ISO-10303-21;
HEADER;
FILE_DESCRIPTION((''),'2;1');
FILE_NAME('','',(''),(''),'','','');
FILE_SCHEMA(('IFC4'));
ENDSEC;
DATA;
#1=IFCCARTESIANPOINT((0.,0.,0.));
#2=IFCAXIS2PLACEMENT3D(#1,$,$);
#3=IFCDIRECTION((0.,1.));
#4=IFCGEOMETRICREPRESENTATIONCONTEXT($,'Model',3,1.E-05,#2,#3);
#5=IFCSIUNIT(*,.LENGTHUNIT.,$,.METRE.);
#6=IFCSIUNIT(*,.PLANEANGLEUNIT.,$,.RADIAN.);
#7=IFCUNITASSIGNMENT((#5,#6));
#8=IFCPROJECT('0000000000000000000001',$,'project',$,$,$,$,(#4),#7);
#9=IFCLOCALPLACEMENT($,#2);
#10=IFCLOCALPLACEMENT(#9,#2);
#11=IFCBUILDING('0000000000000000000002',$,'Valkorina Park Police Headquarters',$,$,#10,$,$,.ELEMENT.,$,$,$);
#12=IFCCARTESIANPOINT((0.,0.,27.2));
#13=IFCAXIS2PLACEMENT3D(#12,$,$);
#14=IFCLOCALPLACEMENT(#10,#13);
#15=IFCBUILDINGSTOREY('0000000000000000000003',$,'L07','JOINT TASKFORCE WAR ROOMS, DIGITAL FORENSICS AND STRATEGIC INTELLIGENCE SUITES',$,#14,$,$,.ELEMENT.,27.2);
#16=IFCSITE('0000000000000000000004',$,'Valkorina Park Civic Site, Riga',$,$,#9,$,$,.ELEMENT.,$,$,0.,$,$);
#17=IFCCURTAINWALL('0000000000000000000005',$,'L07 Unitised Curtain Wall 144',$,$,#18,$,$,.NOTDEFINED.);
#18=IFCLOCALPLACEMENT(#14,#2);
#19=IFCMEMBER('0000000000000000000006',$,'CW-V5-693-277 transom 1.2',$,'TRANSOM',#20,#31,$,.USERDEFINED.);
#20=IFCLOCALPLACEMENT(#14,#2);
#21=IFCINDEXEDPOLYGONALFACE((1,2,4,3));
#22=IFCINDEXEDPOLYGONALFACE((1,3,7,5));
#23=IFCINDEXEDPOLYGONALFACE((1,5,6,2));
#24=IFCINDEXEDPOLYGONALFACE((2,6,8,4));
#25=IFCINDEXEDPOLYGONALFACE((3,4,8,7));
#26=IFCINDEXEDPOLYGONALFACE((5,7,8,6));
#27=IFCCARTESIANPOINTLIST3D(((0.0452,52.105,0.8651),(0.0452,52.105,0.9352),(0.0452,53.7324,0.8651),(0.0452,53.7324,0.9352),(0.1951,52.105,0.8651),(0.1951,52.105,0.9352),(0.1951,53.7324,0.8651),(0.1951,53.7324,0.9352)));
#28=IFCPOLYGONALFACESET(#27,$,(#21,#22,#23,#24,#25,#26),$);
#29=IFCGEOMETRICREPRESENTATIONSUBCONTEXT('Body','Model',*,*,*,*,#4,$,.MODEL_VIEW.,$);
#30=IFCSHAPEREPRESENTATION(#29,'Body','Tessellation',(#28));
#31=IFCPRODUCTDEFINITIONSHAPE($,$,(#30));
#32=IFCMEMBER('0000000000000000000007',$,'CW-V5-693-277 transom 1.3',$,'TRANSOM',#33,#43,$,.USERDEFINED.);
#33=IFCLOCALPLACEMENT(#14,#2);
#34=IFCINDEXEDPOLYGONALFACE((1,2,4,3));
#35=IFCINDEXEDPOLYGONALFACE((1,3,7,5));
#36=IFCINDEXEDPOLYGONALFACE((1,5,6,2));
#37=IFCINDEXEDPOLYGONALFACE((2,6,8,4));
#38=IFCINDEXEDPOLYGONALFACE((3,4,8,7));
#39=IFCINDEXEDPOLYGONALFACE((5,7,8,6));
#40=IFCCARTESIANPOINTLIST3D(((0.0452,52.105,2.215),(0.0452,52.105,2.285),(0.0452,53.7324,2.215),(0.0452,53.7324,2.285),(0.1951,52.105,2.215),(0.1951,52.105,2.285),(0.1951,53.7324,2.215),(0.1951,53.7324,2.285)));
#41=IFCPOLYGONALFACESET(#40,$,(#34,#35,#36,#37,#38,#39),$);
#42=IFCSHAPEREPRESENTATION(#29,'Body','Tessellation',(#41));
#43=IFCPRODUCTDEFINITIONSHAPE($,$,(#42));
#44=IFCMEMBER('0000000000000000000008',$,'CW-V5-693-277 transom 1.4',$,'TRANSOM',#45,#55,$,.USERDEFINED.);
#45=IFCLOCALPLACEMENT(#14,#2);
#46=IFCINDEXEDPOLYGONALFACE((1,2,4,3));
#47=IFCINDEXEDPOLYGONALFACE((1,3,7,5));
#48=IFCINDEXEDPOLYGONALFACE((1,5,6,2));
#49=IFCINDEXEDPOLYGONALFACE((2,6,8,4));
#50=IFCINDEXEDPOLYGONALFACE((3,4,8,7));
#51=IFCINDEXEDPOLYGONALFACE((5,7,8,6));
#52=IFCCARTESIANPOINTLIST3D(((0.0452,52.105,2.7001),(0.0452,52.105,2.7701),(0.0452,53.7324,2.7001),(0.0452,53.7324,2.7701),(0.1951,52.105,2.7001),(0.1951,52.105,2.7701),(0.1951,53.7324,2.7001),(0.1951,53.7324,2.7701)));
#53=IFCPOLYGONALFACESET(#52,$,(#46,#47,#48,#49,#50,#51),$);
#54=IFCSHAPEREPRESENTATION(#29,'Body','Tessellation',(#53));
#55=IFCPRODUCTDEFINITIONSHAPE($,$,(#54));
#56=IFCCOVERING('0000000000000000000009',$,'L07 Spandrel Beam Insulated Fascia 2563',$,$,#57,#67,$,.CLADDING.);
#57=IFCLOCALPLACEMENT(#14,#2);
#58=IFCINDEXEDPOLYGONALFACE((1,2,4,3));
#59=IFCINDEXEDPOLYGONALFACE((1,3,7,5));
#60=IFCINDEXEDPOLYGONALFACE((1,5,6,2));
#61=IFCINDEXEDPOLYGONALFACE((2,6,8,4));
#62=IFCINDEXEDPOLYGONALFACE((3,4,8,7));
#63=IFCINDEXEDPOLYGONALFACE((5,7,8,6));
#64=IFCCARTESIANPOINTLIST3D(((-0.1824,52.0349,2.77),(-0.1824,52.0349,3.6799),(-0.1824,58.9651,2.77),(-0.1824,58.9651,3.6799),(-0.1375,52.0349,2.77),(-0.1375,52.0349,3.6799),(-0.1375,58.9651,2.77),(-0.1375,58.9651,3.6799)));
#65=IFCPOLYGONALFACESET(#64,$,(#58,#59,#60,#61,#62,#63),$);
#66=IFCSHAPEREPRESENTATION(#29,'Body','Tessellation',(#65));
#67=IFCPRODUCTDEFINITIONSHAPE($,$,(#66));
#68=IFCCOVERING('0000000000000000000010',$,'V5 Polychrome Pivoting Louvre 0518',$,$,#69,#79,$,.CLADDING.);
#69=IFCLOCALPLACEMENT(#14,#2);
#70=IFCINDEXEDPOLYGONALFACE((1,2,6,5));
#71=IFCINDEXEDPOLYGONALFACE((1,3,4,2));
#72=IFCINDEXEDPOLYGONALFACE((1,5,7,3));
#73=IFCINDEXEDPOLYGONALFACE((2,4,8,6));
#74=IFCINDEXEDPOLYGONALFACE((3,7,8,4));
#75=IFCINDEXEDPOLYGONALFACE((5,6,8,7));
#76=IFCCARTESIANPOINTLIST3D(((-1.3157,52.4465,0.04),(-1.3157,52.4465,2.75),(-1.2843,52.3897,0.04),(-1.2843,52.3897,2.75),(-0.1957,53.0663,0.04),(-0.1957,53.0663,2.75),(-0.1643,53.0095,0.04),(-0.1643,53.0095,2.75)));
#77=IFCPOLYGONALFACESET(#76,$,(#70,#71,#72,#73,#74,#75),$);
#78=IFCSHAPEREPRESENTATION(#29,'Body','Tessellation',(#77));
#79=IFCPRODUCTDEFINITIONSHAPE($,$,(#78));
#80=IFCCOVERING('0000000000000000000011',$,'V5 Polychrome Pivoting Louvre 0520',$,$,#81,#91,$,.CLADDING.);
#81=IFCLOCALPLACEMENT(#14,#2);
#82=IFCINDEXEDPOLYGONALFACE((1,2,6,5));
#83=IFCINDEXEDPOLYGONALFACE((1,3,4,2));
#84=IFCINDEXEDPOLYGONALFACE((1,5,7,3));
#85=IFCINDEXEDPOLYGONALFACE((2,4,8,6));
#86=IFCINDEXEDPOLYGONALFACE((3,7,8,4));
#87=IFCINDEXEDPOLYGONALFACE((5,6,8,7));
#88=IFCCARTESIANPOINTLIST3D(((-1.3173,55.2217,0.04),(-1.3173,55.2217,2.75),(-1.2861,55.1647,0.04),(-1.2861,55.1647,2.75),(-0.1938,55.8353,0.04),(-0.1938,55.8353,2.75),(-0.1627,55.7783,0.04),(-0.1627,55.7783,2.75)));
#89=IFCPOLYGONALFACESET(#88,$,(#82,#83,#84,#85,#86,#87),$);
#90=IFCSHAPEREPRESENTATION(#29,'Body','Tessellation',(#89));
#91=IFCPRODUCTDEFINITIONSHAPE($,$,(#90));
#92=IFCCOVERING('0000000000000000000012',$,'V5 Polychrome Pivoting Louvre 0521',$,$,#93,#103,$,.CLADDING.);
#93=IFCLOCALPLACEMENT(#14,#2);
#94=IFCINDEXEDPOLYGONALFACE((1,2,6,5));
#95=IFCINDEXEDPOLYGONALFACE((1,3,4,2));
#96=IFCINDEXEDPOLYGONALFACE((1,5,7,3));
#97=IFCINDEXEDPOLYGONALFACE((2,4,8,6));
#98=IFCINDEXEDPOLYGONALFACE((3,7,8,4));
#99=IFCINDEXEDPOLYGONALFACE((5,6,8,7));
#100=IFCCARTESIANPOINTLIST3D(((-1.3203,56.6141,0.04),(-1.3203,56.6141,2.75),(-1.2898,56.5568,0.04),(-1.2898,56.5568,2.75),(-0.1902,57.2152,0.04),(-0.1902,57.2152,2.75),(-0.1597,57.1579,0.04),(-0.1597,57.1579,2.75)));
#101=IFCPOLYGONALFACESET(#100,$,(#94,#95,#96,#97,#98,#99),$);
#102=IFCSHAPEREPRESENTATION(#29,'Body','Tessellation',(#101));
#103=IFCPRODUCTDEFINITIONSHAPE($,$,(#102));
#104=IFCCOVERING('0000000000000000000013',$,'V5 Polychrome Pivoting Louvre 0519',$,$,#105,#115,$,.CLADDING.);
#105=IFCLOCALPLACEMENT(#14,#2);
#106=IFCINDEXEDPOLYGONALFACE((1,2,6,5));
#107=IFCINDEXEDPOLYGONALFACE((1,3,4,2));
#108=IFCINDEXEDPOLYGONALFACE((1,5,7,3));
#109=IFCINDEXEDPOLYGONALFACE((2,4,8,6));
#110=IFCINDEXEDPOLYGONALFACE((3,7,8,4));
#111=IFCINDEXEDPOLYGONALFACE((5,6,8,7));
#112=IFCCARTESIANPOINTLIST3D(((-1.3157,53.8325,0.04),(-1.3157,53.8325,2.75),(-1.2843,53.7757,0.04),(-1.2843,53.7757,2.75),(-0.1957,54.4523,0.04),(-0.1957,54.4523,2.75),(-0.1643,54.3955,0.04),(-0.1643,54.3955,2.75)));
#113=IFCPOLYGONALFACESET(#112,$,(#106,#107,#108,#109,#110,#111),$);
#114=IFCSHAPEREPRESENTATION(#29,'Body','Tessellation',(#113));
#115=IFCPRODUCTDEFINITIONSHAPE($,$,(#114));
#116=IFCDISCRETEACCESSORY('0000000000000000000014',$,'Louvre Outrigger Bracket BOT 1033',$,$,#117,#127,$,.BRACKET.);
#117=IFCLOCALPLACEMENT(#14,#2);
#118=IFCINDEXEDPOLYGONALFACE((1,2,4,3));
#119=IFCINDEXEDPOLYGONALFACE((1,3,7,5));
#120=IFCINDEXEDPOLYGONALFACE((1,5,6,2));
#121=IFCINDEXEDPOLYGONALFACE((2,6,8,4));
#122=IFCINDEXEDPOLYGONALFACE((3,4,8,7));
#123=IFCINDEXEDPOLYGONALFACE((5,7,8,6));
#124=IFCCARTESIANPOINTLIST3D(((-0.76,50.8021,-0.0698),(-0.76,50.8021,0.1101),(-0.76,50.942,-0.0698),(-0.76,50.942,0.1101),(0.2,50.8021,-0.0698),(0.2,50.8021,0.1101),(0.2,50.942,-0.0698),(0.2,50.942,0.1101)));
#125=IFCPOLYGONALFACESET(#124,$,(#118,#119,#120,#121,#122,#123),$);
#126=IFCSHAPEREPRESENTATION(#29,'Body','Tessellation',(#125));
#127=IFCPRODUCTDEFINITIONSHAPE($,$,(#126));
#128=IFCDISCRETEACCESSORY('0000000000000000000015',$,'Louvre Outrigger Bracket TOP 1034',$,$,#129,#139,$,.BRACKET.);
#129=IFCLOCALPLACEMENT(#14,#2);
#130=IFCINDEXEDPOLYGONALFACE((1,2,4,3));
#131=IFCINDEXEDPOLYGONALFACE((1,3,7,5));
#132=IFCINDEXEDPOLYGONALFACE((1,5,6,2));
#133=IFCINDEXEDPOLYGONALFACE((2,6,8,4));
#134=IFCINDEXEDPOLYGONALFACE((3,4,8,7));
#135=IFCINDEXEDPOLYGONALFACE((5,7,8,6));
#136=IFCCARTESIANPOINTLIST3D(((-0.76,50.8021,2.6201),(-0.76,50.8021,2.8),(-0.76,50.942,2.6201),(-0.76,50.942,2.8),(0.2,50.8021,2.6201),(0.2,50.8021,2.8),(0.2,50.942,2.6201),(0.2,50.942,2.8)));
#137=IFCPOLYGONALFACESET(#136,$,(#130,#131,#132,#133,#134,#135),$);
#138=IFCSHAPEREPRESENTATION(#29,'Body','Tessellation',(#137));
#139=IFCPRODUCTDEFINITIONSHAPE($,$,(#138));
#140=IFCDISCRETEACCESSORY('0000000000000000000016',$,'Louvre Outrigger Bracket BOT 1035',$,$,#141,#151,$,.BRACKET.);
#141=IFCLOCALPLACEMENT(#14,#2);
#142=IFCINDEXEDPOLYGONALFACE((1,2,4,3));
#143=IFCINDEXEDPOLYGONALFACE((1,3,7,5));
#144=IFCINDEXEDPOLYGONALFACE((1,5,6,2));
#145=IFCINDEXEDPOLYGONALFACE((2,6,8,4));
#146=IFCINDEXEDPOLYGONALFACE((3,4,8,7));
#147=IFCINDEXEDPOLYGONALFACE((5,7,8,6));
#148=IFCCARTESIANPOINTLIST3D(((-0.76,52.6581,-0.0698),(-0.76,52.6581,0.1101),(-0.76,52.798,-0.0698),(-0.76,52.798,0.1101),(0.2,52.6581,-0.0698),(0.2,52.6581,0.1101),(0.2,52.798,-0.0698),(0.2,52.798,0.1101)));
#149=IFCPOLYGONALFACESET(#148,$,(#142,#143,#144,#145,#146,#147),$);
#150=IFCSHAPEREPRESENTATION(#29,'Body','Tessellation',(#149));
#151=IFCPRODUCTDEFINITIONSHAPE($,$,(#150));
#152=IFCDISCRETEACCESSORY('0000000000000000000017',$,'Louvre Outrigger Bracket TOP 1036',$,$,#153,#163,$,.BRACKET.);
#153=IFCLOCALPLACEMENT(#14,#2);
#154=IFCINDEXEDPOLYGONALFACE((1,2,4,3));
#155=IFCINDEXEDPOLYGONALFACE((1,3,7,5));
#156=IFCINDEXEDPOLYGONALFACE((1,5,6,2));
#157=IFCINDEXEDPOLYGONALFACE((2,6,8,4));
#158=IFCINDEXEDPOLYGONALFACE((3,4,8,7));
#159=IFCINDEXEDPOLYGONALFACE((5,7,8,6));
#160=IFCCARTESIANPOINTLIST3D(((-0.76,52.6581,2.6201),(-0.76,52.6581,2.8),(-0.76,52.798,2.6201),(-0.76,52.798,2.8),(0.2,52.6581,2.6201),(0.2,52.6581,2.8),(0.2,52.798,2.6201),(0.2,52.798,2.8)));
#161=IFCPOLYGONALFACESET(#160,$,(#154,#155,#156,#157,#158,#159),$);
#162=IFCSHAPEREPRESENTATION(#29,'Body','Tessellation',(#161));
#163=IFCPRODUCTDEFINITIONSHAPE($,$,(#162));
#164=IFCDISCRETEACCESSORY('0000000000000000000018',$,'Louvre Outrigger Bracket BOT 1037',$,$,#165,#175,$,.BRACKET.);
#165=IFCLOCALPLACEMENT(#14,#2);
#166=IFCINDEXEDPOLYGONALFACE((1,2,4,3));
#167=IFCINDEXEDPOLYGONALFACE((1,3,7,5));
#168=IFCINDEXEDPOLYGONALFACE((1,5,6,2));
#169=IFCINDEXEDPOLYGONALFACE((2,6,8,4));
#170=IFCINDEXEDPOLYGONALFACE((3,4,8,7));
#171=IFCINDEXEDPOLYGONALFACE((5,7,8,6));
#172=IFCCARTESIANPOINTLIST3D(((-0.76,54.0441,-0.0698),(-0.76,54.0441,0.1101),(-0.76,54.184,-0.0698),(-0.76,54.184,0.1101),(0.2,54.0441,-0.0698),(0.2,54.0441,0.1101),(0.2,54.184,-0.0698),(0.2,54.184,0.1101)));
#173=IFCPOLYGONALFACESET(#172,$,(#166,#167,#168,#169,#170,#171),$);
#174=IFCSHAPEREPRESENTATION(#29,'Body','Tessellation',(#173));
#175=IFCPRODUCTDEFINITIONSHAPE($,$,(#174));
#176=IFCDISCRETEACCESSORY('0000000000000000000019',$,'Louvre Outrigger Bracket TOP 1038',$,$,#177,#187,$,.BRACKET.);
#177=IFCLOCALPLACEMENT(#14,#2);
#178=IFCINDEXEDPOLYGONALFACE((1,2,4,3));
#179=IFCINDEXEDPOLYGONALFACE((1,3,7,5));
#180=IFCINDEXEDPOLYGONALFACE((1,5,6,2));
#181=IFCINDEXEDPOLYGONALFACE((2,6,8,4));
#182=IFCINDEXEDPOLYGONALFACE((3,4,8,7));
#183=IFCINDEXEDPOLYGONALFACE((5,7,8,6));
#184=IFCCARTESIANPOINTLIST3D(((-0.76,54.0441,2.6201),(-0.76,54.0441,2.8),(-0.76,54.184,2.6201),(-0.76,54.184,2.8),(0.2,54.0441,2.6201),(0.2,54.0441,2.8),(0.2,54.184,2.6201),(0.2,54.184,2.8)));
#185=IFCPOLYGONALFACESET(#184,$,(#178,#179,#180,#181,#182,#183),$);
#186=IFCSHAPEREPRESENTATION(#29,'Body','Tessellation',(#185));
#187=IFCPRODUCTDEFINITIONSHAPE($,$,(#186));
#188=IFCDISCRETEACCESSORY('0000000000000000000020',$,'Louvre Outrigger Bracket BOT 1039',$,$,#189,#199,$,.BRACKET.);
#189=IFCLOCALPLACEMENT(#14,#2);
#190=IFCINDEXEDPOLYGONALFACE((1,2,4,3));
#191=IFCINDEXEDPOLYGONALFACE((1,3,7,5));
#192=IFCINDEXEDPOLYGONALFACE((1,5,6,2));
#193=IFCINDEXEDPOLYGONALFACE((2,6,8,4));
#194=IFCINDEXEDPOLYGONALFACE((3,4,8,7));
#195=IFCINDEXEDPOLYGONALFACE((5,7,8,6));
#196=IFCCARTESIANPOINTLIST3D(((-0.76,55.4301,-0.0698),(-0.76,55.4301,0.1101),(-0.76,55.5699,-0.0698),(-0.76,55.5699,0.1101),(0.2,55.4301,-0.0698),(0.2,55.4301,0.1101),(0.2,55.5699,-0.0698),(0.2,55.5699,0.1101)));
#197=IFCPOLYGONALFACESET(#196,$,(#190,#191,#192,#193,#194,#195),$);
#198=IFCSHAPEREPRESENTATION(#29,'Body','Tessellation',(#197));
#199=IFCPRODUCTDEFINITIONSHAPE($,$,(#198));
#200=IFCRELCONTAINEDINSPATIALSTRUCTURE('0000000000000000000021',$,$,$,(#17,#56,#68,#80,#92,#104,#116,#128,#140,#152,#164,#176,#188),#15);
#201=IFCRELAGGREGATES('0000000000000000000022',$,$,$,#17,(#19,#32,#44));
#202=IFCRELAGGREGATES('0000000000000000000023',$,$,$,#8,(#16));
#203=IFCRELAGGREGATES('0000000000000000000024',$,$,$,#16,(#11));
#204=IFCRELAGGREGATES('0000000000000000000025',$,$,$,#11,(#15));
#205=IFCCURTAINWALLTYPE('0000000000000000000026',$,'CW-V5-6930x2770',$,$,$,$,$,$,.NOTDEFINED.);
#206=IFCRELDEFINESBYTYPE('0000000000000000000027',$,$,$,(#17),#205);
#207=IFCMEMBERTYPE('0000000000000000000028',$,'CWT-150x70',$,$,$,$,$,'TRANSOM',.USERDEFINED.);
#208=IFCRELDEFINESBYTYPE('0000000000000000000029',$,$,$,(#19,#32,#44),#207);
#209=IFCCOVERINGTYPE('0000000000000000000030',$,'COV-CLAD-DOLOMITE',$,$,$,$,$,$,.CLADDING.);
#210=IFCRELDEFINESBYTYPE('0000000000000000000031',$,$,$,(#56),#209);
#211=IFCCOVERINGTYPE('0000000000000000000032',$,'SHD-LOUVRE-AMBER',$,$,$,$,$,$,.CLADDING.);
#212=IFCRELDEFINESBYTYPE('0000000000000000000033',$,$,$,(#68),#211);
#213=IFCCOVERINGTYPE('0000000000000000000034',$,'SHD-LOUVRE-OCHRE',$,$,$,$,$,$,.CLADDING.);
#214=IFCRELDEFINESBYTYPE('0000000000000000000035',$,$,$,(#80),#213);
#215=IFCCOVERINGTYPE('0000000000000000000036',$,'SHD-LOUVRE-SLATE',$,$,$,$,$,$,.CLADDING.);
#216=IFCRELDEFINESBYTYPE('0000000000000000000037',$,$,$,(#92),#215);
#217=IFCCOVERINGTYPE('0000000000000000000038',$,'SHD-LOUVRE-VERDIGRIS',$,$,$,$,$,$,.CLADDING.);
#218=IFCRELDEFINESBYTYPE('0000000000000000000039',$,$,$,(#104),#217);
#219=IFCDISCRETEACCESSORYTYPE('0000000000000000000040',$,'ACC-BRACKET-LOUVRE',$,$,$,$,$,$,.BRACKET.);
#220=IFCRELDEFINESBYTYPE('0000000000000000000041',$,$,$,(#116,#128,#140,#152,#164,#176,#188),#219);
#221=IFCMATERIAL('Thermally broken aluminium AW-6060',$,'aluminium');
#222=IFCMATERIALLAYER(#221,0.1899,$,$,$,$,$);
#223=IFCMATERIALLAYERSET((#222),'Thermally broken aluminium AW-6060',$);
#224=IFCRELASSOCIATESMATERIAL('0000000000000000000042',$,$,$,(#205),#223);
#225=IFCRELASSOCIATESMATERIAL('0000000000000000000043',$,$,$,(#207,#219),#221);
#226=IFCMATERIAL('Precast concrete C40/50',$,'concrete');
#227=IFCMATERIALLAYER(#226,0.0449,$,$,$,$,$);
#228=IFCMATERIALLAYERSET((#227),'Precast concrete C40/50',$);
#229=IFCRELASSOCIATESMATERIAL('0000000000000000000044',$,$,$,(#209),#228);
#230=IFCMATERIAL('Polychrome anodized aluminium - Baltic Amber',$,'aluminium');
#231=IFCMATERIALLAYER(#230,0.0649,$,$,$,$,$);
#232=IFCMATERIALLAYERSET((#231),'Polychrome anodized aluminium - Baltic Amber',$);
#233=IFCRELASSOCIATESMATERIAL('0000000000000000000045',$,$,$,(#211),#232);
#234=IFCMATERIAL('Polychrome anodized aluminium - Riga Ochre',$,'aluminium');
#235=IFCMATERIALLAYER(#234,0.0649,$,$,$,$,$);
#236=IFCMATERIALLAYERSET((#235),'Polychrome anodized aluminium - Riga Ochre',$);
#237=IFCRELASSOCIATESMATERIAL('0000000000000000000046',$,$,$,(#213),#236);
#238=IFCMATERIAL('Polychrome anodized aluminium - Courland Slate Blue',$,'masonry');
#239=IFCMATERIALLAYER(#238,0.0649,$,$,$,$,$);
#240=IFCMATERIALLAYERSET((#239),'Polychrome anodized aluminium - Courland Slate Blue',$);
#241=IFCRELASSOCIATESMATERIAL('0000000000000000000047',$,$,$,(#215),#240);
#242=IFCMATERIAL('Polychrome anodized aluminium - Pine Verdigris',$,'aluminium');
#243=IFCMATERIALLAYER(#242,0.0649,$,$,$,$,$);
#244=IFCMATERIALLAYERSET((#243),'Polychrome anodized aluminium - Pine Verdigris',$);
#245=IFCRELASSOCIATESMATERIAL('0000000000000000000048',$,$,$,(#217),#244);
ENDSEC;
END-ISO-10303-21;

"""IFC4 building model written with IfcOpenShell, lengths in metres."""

from ifc_helpers import new_model, si_unit, direction, frame, frame_2d, origin, origin_2d, place, context, subcontext, project, spatial, rectangle, extrude, material, layer, layer_set, material_profile, profile_set, type_object, element, aggregate, save


model = new_model("IFC4")

# Units and contexts
model_context = context("Model", 3, precision=1e-05, world=origin(), true_north=direction((0.0, 1.0)))
body_context = subcontext(model_context, "Body", "Model", "MODEL_VIEW")
ifc_project = project(units=[si_unit("LENGTHUNIT", "METRE"), si_unit("PLANEANGLEUNIT", "RADIAN")], contexts=[model_context])

# Site, building, storey
site_placement = place(None, origin())
site = spatial("IfcSite", under=ifc_project, at=site_placement, Name="Valkorina Park Civic Site, Riga", CompositionType="ELEMENT", RefElevation=0.0)
building_placement = place(site_placement, origin())
building = spatial("IfcBuilding", under=site, at=building_placement, Name="Valkorina Park Police Headquarters", CompositionType="ELEMENT")
storey_placement = place(building_placement, frame((0.0, 0.0, 27.2)))
storey = spatial("IfcBuildingStorey", under=building, at=storey_placement, Name="L07", Description="JOINT TASKFORCE WAR ROOMS, DIGITAL FORENSICS AND STRATEGIC INTELLIGENCE SUITES", CompositionType="ELEMENT", Elevation=27.2)

# Shared definitions
ifc_material_1 = material(Name="Thermally broken aluminium AW-6060", Category="aluminium")
ifc_layer_1 = layer(ifc_material_1, 0.1899)
ifc_layer_set_1 = layer_set([ifc_layer_1], Name="Thermally broken aluminium AW-6060")
curtain_wall_type = type_object("IfcCurtainWallType", Name="CW-V5-6930x2770", PredefinedType="NOTDEFINED", material=ifc_layer_set_1)

# Curtain wall, members
curtain_wall_1_placement = place(storey_placement, origin())
curtain_wall_1 = element("IfcCurtainWall", 1, at=curtain_wall_1_placement, inside=storey, type_object=curtain_wall_type, Name="L07 Unitised Curtain Wall 144", PredefinedType="NOTDEFINED")
ifc_material_profile_1 = material_profile(ifc_material_1, rectangle(XDim=0.1499, YDim=0.0701, at=origin_2d()), Name="CWT-02 150x70")
ifc_profile_set_1 = profile_set([ifc_material_profile_1], Name="Thermally broken aluminium AW-6060")
member_type_1 = type_object("IfcMemberType", Name="CWT-150x70", ElementType="TRANSOM", PredefinedType="USERDEFINED", material=ifc_profile_set_1)
member_1_placement = place(storey_placement, frame((0.1201, 52.105, 0.9001), z_axis=(0.0, 1.0, 0.0), x_axis=(-1.0, 0.0, 0.0)))
member_1 = element("IfcMember", 2, at=member_1_placement, type_object=member_type_1, Name="CW-V5-693-277 transom 1.2", ObjectType="TRANSOM", PredefinedType="USERDEFINED", context=body_context, shape_type="SweptSolid", body=[
    extrude(rectangle(XDim=0.1499, YDim=0.0701, at=origin_2d()), origin(), (0.0, 0.0, 1.0), 1.6274),
])
member_2_placement = place(storey_placement, frame((0.1201, 52.105, 2.25), z_axis=(0.0, 1.0, 0.0), x_axis=(-1.0, 0.0, 0.0)))
member_2 = element("IfcMember", 3, at=member_2_placement, type_object=member_type_1, Name="CW-V5-693-277 transom 1.3", ObjectType="TRANSOM", PredefinedType="USERDEFINED", context=body_context, shape_type="SweptSolid", body=[
    extrude(rectangle(XDim=0.1499, YDim=0.0701, at=origin_2d()), origin(), (0.0, 0.0, 1.0), 1.6274),
])
member_3_placement = place(storey_placement, frame((0.1201, 52.105, 2.7351), z_axis=(0.0, 1.0, 0.0), x_axis=(-1.0, 0.0, 0.0)))
member_3 = element("IfcMember", 4, at=member_3_placement, type_object=member_type_1, Name="CW-V5-693-277 transom 1.4", ObjectType="TRANSOM", PredefinedType="USERDEFINED", context=body_context, shape_type="SweptSolid", body=[
    extrude(rectangle(XDim=0.1499, YDim=0.0701, at=origin_2d()), origin(), (0.0, 0.0, 1.0), 1.6274),
])
aggregate(curtain_wall_1, [member_1, member_2, member_3])

# Coverings
ifc_material_2 = material(Name="Precast concrete C40/50", Category="concrete")
ifc_layer_2 = layer(ifc_material_2, 0.0449)
ifc_layer_set_2 = layer_set([ifc_layer_2], Name="Precast concrete C40/50")
covering_type_1 = type_object("IfcCoveringType", Name="COV-CLAD-DOLOMITE", PredefinedType="CLADDING", material=ifc_layer_set_2)
covering_1_placement = place(storey_placement, frame((-0.1599, 52.0349, 2.77), z_axis=(0.0, 0.0, 1.0), x_axis=(0.0, 1.0, 0.0)))
element("IfcCovering", 5, at=covering_1_placement, inside=storey, type_object=covering_type_1, Name="L07 Spandrel Beam Insulated Fascia 2563", PredefinedType="CLADDING", context=body_context, shape_type="SweptSolid", body=[
    extrude(rectangle(XDim=6.9302, YDim=0.0449, at=frame_2d((3.4651, 0.0))), origin(), (0.0, 0.0, 1.0), 0.9099),
])
ifc_material_3 = material(Name="Polychrome anodized aluminium - Baltic Amber", Category="aluminium")
ifc_layer_3 = layer(ifc_material_3, 0.0649)
ifc_layer_set_3 = layer_set([ifc_layer_3], Name="Polychrome anodized aluminium - Baltic Amber")
covering_type_2 = type_object("IfcCoveringType", Name="SHD-LOUVRE-AMBER", PredefinedType="CLADDING", material=ifc_layer_set_3)
covering_2_placement = place(storey_placement, frame((-0.74, 52.728, 0.04), z_axis=(0.0, 0.0, 1.0), x_axis=(-0.874958, -0.484199, 0.0)))
element("IfcCovering", 6, at=covering_2_placement, inside=storey, type_object=covering_type_2, Name="V5 Polychrome Pivoting Louvre 0518", PredefinedType="CLADDING", context=body_context, shape_type="SweptSolid", body=[
    extrude(rectangle(XDim=1.28, YDim=0.0649, at=origin_2d()), origin(), (0.0, 0.0, 1.0), 2.71),
])
ifc_material_4 = material(Name="Polychrome anodized aluminium - Riga Ochre", Category="aluminium")
ifc_layer_4 = layer(ifc_material_4, 0.0649)
ifc_layer_set_4 = layer_set([ifc_layer_4], Name="Polychrome anodized aluminium - Riga Ochre")
covering_type_3 = type_object("IfcCoveringType", Name="SHD-LOUVRE-OCHRE", PredefinedType="CLADDING", material=ifc_layer_set_4)
covering_3_placement = place(storey_placement, frame((-0.74, 55.5, 0.04), z_axis=(0.0, 0.0, 1.0), x_axis=(-0.877649, -0.479305, 0.0)))
element("IfcCovering", 7, at=covering_3_placement, inside=storey, type_object=covering_type_3, Name="V5 Polychrome Pivoting Louvre 0520", PredefinedType="CLADDING", context=body_context, shape_type="SweptSolid", body=[
    extrude(rectangle(XDim=1.28, YDim=0.0649, at=origin_2d()), origin(), (0.0, 0.0, 1.0), 2.71),
])
ifc_material_5 = material(Name="Polychrome anodized aluminium - Courland Slate Blue", Category="masonry")
ifc_layer_5 = layer(ifc_material_5, 0.0649)
ifc_layer_set_5 = layer_set([ifc_layer_5], Name="Polychrome anodized aluminium - Courland Slate Blue")
covering_type_4 = type_object("IfcCoveringType", Name="SHD-LOUVRE-SLATE", PredefinedType="CLADDING", material=ifc_layer_set_5)
covering_4_placement = place(storey_placement, frame((-0.74, 56.886, 0.04), z_axis=(0.0, 0.0, 1.0), x_axis=(-0.882866, -0.469626, 0.0)))
element("IfcCovering", 8, at=covering_4_placement, inside=storey, type_object=covering_type_4, Name="V5 Polychrome Pivoting Louvre 0521", PredefinedType="CLADDING", context=body_context, shape_type="SweptSolid", body=[
    extrude(rectangle(XDim=1.28, YDim=0.0649, at=origin_2d()), origin(), (0.0, 0.0, 1.0), 2.71),
])
ifc_material_6 = material(Name="Polychrome anodized aluminium - Pine Verdigris", Category="aluminium")
ifc_layer_6 = layer(ifc_material_6, 0.0649)
ifc_layer_set_6 = layer_set([ifc_layer_6], Name="Polychrome anodized aluminium - Pine Verdigris")
covering_type_5 = type_object("IfcCoveringType", Name="SHD-LOUVRE-VERDIGRIS", PredefinedType="CLADDING", material=ifc_layer_set_6)
covering_5_placement = place(storey_placement, frame((-0.74, 54.114, 0.04), z_axis=(0.0, 0.0, 1.0), x_axis=(-0.874958, -0.484199, 0.0)))
element("IfcCovering", 9, at=covering_5_placement, inside=storey, type_object=covering_type_5, Name="V5 Polychrome Pivoting Louvre 0519", PredefinedType="CLADDING", context=body_context, shape_type="SweptSolid", body=[
    extrude(rectangle(XDim=1.28, YDim=0.0649, at=origin_2d()), origin(), (0.0, 0.0, 1.0), 2.71),
])

# Discrete accessories
discrete_accessory_type = type_object("IfcDiscreteAccessoryType", Name="ACC-BRACKET-LOUVRE", PredefinedType="BRACKET", material=ifc_material_1)
for number, where, z_axis, x_axis, name in (
    (10, (-0.28, 50.8721, -0.0698), (0.0, 0.0, 1.0), (-1.0, 0.0, 0.0), "Louvre Outrigger Bracket BOT 1033"),
    (11, (-0.28, 50.8721, 2.6201), (0.0, 0.0, 1.0), (-1.0, 0.0, 0.0), "Louvre Outrigger Bracket TOP 1034"),
    (12, (-0.28, 52.728, -0.0698), (0.0, 0.0, 1.0), (-1.0, 0.0, 0.0), "Louvre Outrigger Bracket BOT 1035"),
    (13, (-0.28, 52.728, 2.6201), (0.0, 0.0, 1.0), (-1.0, 0.0, 0.0), "Louvre Outrigger Bracket TOP 1036"),
    (14, (-0.28, 54.114, -0.0698), (0.0, 0.0, 1.0), (-1.0, 0.0, 0.0), "Louvre Outrigger Bracket BOT 1037"),
    (15, (-0.28, 54.114, 2.6201), (0.0, 0.0, 1.0), (-1.0, 0.0, 0.0), "Louvre Outrigger Bracket TOP 1038"),
    (16, (-0.28, 55.5, -0.0698), (0.0, 0.0, 1.0), (-1.0, 0.0, 0.0), "Louvre Outrigger Bracket BOT 1039"),
):
    element("IfcDiscreteAccessory", number, at=place(storey_placement, frame(where, z_axis=z_axis, x_axis=x_axis)), inside=storey, type_object=discrete_accessory_type, Name=name, PredefinedType="BRACKET", context=body_context, shape_type="SweptSolid", body=[
        extrude(rectangle(XDim=0.96, YDim=0.1399, at=origin_2d()), origin(), (0.0, 0.0, 1.0), 0.1799),
    ])

save(model, "model.ifc")
